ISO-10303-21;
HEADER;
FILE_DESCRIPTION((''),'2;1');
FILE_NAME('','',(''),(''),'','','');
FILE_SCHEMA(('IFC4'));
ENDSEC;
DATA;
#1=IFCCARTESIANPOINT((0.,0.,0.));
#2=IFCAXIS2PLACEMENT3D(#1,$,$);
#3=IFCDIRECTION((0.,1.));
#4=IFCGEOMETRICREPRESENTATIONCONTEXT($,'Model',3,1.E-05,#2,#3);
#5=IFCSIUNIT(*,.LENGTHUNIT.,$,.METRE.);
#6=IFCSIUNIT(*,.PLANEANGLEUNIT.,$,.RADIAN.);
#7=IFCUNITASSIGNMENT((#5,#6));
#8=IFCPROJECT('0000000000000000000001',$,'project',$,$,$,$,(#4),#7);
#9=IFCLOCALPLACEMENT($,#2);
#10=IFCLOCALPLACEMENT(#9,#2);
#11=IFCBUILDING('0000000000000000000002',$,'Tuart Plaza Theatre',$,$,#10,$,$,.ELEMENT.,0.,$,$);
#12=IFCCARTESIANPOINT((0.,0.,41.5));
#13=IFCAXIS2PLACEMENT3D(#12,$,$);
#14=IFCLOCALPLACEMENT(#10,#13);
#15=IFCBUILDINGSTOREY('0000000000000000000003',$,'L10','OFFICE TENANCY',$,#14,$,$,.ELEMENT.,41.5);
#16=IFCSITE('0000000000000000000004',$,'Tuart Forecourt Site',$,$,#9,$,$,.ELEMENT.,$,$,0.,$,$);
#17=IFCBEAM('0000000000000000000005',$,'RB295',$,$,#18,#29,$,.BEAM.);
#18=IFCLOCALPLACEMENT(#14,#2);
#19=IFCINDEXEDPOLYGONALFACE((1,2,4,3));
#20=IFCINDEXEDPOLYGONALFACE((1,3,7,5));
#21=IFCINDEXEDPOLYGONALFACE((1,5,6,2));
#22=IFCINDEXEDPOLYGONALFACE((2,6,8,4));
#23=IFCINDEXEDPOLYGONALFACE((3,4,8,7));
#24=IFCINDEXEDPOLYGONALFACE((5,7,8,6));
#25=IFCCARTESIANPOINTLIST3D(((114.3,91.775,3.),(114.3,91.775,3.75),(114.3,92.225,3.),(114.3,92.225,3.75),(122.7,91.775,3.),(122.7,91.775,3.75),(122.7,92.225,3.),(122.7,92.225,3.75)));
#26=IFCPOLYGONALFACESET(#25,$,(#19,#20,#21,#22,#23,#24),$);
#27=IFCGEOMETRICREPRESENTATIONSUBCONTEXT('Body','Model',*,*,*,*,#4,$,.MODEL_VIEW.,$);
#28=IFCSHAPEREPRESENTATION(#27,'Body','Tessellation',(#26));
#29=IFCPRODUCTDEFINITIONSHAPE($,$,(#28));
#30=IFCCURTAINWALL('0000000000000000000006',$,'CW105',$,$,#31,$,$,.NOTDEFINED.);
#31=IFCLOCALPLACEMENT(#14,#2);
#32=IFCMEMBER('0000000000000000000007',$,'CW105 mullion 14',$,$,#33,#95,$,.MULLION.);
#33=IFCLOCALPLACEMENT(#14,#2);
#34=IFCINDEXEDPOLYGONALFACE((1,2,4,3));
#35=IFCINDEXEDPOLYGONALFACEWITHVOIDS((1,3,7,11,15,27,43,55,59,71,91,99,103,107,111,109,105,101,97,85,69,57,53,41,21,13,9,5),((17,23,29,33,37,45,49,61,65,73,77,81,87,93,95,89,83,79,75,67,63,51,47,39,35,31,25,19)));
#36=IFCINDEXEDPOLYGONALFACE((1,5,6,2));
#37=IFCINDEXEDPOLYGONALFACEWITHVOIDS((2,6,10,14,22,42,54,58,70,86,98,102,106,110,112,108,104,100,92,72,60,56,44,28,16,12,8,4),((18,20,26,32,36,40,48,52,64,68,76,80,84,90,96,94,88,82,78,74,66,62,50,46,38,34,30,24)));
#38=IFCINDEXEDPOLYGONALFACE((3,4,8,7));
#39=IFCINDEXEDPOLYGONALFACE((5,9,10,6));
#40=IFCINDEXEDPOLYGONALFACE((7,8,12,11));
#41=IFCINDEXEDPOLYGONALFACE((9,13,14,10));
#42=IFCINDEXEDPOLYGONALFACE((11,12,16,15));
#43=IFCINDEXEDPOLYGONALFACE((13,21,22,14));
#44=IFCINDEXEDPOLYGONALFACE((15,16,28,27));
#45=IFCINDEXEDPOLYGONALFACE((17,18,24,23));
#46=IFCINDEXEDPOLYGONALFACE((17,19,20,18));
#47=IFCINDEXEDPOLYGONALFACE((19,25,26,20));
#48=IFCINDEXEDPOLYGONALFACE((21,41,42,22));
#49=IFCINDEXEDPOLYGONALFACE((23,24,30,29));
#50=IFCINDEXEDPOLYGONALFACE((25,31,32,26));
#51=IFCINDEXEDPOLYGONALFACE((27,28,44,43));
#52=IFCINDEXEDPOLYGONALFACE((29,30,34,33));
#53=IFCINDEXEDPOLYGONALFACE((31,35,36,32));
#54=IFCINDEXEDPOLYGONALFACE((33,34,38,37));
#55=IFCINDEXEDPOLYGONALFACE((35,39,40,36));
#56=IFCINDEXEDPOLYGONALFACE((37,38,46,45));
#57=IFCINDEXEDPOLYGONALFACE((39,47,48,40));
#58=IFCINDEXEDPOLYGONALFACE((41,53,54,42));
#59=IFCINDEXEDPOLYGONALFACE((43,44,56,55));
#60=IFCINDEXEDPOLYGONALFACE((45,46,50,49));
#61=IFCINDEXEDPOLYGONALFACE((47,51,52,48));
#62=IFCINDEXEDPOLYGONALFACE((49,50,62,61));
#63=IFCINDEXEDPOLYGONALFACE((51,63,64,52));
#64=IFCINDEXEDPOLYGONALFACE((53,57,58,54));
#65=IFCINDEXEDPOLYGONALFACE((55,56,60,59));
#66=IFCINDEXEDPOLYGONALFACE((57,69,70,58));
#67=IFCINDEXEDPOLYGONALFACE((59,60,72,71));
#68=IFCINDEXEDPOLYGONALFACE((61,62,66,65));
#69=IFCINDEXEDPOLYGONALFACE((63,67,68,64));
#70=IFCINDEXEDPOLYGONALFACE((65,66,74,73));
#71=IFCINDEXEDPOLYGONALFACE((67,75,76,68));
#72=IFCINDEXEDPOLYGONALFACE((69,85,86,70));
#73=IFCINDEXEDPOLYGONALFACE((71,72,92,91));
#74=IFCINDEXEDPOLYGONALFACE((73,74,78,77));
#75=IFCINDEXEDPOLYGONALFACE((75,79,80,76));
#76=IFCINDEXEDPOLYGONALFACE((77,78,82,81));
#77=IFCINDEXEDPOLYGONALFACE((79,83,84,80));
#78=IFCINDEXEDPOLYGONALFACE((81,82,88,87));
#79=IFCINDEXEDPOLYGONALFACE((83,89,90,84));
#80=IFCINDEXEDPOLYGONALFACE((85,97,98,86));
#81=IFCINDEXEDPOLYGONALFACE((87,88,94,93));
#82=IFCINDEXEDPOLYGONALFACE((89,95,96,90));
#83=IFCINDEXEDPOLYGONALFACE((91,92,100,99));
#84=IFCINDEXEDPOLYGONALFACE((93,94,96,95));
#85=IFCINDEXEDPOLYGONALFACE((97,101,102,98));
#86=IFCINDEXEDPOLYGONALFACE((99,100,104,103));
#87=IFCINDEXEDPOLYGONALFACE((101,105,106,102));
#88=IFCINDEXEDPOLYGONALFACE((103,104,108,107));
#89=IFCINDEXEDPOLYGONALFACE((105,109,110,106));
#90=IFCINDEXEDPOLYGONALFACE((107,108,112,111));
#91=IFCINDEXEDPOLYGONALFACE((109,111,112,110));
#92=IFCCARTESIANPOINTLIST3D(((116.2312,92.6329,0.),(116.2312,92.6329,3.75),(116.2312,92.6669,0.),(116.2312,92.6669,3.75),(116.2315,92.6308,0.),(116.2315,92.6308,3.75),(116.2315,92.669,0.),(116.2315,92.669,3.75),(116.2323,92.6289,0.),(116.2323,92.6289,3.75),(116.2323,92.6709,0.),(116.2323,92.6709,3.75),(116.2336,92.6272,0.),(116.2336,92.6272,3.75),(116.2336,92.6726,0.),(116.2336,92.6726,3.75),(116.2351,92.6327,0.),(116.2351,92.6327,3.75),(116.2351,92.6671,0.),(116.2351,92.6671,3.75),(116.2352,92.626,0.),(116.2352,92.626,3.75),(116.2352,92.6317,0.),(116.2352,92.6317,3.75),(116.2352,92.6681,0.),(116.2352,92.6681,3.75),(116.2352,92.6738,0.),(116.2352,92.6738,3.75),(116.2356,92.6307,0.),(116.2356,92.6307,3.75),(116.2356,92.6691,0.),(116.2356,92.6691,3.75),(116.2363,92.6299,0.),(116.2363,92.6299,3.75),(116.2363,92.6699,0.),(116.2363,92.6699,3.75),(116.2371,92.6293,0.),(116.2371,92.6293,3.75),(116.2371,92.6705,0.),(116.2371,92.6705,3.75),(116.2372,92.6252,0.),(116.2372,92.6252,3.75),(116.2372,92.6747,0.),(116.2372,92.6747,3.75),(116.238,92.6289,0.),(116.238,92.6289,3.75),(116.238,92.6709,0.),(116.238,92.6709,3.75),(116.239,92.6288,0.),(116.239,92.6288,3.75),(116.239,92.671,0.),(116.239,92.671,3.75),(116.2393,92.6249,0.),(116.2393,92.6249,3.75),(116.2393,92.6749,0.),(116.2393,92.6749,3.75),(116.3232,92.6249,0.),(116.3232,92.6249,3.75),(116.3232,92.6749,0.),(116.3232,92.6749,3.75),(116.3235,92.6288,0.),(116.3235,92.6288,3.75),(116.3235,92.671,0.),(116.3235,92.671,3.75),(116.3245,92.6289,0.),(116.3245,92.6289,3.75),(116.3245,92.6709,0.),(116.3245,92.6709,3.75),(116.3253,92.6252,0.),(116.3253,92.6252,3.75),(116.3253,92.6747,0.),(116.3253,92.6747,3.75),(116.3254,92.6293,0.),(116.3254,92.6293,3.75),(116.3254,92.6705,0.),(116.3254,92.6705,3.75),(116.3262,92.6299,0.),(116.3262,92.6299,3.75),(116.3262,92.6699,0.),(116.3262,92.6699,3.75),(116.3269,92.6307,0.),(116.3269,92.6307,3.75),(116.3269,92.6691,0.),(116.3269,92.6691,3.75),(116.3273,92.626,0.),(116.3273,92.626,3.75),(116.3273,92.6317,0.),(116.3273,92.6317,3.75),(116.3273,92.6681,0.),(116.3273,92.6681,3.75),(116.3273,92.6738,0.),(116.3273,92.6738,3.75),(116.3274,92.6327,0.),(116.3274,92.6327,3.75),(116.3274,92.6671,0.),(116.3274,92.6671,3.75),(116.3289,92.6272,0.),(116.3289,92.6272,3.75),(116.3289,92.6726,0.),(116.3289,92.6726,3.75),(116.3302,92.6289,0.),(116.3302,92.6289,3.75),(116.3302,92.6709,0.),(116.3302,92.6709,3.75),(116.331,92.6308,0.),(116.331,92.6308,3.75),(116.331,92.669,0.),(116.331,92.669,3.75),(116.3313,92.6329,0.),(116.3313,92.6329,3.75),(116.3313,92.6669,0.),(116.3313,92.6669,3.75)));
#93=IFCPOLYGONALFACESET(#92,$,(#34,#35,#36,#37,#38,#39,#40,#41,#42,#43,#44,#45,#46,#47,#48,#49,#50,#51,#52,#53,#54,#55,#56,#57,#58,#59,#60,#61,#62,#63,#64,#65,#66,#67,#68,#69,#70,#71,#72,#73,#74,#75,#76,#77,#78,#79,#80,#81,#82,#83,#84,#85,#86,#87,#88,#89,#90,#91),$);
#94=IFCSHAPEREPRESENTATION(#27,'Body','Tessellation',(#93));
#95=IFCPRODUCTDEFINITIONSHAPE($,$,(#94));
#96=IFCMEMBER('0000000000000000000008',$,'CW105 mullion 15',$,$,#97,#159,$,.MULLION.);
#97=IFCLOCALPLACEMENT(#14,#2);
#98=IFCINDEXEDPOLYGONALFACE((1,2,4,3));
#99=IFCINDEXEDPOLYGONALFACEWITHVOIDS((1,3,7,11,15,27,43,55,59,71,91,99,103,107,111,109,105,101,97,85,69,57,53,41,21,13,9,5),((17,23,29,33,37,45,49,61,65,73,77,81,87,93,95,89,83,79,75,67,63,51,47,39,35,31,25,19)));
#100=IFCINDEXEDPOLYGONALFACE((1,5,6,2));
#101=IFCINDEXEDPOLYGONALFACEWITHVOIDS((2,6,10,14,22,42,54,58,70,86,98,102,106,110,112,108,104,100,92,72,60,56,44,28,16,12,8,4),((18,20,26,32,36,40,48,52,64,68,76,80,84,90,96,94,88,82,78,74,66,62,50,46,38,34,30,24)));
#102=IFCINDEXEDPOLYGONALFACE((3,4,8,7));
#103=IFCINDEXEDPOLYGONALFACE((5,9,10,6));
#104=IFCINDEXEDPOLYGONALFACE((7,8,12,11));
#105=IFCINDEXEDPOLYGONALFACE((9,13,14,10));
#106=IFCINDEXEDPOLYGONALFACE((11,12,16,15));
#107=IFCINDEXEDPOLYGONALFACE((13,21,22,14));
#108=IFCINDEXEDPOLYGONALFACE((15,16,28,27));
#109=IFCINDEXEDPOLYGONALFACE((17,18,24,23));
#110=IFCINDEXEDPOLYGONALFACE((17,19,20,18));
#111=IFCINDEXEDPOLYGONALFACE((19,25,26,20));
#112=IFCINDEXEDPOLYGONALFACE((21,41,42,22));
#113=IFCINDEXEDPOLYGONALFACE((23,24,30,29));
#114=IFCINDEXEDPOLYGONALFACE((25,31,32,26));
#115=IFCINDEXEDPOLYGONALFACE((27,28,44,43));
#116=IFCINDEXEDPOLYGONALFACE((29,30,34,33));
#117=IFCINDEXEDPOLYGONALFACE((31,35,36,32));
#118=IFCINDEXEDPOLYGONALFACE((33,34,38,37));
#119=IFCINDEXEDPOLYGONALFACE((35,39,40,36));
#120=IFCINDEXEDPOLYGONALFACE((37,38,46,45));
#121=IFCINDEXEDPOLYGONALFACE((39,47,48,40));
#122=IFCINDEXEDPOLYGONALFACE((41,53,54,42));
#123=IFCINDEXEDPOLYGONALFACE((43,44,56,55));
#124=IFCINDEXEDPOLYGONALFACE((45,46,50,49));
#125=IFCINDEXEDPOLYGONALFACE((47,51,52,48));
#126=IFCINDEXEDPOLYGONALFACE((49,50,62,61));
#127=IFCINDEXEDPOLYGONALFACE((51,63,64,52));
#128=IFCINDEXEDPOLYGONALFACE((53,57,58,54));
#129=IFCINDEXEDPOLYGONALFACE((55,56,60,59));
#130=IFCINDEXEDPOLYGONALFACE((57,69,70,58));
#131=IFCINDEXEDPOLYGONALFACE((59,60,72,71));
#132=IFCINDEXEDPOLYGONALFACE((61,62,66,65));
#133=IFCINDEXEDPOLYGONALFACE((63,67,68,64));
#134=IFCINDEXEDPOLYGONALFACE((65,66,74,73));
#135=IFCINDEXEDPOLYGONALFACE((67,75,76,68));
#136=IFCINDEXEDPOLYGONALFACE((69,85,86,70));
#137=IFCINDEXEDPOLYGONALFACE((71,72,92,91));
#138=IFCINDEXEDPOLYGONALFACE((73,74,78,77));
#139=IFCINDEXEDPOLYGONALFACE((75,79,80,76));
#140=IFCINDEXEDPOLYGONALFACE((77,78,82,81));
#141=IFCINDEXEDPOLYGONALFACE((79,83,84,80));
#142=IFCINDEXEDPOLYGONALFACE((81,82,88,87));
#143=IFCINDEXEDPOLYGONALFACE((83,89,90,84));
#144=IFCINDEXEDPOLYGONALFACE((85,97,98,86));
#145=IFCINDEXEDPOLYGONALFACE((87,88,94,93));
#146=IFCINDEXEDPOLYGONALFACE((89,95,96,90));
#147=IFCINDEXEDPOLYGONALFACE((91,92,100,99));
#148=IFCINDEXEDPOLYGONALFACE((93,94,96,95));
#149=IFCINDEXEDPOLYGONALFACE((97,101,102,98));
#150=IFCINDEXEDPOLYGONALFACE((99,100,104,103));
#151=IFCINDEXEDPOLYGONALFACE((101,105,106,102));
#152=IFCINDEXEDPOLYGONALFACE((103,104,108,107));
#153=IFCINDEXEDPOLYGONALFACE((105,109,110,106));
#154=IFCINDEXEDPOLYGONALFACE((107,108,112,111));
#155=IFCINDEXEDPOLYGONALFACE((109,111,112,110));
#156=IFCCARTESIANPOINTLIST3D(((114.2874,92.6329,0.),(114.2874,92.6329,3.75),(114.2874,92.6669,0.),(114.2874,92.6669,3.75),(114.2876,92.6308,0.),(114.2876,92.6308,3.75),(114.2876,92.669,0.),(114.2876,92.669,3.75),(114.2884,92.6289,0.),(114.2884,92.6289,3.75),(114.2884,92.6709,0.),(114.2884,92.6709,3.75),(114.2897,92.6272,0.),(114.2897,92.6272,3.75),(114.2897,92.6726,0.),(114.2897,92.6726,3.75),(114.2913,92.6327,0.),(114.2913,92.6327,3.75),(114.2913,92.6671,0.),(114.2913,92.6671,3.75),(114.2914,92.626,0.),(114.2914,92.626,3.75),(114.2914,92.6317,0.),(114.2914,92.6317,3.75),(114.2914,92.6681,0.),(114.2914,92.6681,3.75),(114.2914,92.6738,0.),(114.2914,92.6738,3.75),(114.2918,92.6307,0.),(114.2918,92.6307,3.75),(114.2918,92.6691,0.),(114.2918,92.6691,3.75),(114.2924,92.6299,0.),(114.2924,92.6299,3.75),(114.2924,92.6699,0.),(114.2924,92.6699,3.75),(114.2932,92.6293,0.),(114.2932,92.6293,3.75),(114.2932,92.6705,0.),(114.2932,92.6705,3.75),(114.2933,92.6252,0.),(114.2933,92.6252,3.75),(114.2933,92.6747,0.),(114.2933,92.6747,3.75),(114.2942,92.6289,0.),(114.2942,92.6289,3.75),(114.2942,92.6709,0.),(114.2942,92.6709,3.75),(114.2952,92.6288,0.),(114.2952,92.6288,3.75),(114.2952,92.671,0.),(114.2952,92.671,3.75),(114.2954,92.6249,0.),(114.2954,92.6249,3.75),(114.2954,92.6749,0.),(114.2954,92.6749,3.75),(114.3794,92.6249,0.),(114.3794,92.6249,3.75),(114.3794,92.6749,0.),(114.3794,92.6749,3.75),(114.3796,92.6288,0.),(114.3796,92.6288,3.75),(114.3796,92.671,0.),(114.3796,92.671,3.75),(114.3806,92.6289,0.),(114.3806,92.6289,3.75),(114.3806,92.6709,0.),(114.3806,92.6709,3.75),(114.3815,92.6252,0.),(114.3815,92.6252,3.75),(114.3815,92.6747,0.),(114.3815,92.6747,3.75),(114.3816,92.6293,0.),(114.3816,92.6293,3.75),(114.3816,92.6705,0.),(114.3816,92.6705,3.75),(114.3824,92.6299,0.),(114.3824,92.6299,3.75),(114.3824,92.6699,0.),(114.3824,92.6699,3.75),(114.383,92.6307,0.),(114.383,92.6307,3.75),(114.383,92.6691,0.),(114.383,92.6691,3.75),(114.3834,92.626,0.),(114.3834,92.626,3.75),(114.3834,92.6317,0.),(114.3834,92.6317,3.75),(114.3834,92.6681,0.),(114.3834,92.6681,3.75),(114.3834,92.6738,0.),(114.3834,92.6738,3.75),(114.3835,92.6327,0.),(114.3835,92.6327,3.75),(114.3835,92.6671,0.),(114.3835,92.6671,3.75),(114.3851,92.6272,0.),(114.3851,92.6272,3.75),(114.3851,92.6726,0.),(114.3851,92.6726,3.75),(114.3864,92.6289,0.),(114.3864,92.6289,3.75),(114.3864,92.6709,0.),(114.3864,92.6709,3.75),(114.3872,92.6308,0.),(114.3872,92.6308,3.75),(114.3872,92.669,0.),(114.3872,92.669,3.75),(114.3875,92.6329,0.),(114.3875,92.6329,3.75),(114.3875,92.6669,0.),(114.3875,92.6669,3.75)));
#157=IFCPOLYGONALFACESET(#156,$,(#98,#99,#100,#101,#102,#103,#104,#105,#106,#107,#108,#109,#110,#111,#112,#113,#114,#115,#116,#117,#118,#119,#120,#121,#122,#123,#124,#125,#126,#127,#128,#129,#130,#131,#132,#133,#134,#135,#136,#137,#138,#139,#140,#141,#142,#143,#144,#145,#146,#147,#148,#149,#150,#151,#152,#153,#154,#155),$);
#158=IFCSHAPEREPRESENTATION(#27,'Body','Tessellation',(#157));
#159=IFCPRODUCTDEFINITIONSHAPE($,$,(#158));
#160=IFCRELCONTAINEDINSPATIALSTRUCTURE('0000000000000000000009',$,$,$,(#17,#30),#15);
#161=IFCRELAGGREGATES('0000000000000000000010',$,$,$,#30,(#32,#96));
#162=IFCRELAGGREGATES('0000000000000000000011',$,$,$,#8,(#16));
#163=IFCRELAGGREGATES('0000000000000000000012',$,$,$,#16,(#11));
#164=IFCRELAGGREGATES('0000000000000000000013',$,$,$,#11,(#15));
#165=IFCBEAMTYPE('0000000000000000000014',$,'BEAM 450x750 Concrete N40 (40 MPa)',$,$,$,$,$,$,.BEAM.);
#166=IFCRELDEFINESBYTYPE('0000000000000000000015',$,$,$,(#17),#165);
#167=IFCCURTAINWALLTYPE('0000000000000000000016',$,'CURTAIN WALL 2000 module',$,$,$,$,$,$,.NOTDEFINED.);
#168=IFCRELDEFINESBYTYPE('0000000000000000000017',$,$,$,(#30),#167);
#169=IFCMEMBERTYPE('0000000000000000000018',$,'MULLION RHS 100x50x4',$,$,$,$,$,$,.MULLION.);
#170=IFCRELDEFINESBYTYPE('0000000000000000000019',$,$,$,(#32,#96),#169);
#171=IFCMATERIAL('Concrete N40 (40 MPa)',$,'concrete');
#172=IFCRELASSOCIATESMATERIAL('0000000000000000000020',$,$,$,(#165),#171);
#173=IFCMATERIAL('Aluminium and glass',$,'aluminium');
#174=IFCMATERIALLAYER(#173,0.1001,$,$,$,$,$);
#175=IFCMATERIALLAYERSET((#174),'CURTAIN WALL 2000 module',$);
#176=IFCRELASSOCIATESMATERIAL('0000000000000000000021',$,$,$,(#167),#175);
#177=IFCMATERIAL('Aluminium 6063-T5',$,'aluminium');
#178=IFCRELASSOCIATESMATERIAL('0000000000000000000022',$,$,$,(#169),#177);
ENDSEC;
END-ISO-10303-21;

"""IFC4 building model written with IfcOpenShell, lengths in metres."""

from ifc_helpers import new_model, si_unit, direction, frame, origin, origin_2d, place, context, subcontext, project, spatial, rectangle, hollow_rectangle, extrude, material, layer, layer_set, material_profile, profile_set, type_object, element, aggregate, save


model = new_model("IFC4")

# Units and contexts
model_context = context("Model", 3, precision=1e-05, world=origin(), true_north=direction((0.0, 1.0)))
body_context = subcontext(model_context, "Body", "Model", "MODEL_VIEW")
ifc_project = project(units=[si_unit("LENGTHUNIT", "METRE"), si_unit("PLANEANGLEUNIT", "RADIAN")], contexts=[model_context])

# Site, building, storey
site_placement = place(None, origin())
site = spatial("IfcSite", under=ifc_project, at=site_placement, Name="Tuart Forecourt Site", CompositionType="ELEMENT", RefElevation=0.0)
building_placement = place(site_placement, origin())
building = spatial("IfcBuilding", under=site, at=building_placement, Name="Tuart Plaza Theatre", CompositionType="ELEMENT", ElevationOfRefHeight=0.0)
storey_placement = place(building_placement, frame((0.0, 0.0, 41.5)))
storey = spatial("IfcBuildingStorey", under=building, at=storey_placement, Name="L10", Description="OFFICE TENANCY", CompositionType="ELEMENT", Elevation=41.5)

# Beam
ifc_material_1 = material(Name="Concrete N40 (40 MPa)", Category="concrete")
ifc_material_profile_1 = material_profile(ifc_material_1, rectangle(XDim=0.45, YDim=0.75, at=origin_2d()), Name="BEAM 450x750 Concrete N40 (40 MPa)")
ifc_profile_set_1 = profile_set([ifc_material_profile_1], Name="Concrete N40 (40 MPa)")
beam_type = type_object("IfcBeamType", Name="BEAM 450x750 Concrete N40 (40 MPa)", PredefinedType="BEAM", material=ifc_profile_set_1)
beam_placement = place(storey_placement, frame((114.3, 92.0, 3.375), z_axis=(1.0, 0.0, 0.0), x_axis=(0.0, 1.0, 0.0)))
element("IfcBeam", 1, at=beam_placement, inside=storey, type_object=beam_type, Name="RB295", PredefinedType="BEAM", context=body_context, shape_type="SweptSolid", body=[
    extrude(rectangle(XDim=0.45, YDim=0.75, at=origin_2d()), origin(), (0.0, 0.0, 1.0), 8.3999),
])

# Curtain wall, members
ifc_material_2 = material(Name="Aluminium and glass", Category="aluminium")
ifc_layer_1 = layer(ifc_material_2, 0.1001)
ifc_layer_set_1 = layer_set([ifc_layer_1], Name="CURTAIN WALL 2000 module")
curtain_wall_type = type_object("IfcCurtainWallType", Name="CURTAIN WALL 2000 module", PredefinedType="NOTDEFINED", material=ifc_layer_set_1)
curtain_wall_placement = place(storey_placement, origin())
curtain_wall = element("IfcCurtainWall", 2, at=curtain_wall_placement, inside=storey, type_object=curtain_wall_type, Name="CW105", PredefinedType="NOTDEFINED")
ifc_material_3 = material(Name="Aluminium 6063-T5", Category="aluminium")
ifc_material_profile_2 = material_profile(ifc_material_3, hollow_rectangle(XDim=0.05, YDim=0.1001, WallThickness=0.0039, InnerFilletRadius=0.0039, OuterFilletRadius=0.0081, at=origin_2d()), Name="RHS 100x50x4")
ifc_profile_set_2 = profile_set([ifc_material_profile_2], Name="Aluminium 6063-T5")
member_type_1 = type_object("IfcMemberType", Name="MULLION RHS 100x50x4", PredefinedType="MULLION", material=ifc_profile_set_2)
member_1_placement = place(storey_placement, frame((116.2812, 92.6499, 0.0), z_axis=(0.0, 0.0, 1.0), x_axis=(0.0, -1.0, 0.0)))
member_1 = element("IfcMember", 3, at=member_1_placement, type_object=member_type_1, Name="CW105 mullion 14", PredefinedType="MULLION", context=body_context, shape_type="SweptSolid", body=[
    extrude(hollow_rectangle(XDim=0.05, YDim=0.1001, WallThickness=0.0039, InnerFilletRadius=0.0039, OuterFilletRadius=0.0081, at=origin_2d()), origin(), (0.0, 0.0, 1.0), 3.75),
])
member_2_placement = place(storey_placement, frame((114.3374, 92.6499, 0.0), z_axis=(0.0, 0.0, 1.0), x_axis=(0.0, -1.0, 0.0)))
member_2 = element("IfcMember", 4, at=member_2_placement, type_object=member_type_1, Name="CW105 mullion 15", PredefinedType="MULLION", context=body_context, shape_type="SweptSolid", body=[
    extrude(hollow_rectangle(XDim=0.05, YDim=0.1001, WallThickness=0.0039, InnerFilletRadius=0.0039, OuterFilletRadius=0.0081, at=origin_2d()), origin(), (0.0, 0.0, 1.0), 3.75),
])
aggregate(curtain_wall, [member_1, member_2])

save(model, "model.ifc")
